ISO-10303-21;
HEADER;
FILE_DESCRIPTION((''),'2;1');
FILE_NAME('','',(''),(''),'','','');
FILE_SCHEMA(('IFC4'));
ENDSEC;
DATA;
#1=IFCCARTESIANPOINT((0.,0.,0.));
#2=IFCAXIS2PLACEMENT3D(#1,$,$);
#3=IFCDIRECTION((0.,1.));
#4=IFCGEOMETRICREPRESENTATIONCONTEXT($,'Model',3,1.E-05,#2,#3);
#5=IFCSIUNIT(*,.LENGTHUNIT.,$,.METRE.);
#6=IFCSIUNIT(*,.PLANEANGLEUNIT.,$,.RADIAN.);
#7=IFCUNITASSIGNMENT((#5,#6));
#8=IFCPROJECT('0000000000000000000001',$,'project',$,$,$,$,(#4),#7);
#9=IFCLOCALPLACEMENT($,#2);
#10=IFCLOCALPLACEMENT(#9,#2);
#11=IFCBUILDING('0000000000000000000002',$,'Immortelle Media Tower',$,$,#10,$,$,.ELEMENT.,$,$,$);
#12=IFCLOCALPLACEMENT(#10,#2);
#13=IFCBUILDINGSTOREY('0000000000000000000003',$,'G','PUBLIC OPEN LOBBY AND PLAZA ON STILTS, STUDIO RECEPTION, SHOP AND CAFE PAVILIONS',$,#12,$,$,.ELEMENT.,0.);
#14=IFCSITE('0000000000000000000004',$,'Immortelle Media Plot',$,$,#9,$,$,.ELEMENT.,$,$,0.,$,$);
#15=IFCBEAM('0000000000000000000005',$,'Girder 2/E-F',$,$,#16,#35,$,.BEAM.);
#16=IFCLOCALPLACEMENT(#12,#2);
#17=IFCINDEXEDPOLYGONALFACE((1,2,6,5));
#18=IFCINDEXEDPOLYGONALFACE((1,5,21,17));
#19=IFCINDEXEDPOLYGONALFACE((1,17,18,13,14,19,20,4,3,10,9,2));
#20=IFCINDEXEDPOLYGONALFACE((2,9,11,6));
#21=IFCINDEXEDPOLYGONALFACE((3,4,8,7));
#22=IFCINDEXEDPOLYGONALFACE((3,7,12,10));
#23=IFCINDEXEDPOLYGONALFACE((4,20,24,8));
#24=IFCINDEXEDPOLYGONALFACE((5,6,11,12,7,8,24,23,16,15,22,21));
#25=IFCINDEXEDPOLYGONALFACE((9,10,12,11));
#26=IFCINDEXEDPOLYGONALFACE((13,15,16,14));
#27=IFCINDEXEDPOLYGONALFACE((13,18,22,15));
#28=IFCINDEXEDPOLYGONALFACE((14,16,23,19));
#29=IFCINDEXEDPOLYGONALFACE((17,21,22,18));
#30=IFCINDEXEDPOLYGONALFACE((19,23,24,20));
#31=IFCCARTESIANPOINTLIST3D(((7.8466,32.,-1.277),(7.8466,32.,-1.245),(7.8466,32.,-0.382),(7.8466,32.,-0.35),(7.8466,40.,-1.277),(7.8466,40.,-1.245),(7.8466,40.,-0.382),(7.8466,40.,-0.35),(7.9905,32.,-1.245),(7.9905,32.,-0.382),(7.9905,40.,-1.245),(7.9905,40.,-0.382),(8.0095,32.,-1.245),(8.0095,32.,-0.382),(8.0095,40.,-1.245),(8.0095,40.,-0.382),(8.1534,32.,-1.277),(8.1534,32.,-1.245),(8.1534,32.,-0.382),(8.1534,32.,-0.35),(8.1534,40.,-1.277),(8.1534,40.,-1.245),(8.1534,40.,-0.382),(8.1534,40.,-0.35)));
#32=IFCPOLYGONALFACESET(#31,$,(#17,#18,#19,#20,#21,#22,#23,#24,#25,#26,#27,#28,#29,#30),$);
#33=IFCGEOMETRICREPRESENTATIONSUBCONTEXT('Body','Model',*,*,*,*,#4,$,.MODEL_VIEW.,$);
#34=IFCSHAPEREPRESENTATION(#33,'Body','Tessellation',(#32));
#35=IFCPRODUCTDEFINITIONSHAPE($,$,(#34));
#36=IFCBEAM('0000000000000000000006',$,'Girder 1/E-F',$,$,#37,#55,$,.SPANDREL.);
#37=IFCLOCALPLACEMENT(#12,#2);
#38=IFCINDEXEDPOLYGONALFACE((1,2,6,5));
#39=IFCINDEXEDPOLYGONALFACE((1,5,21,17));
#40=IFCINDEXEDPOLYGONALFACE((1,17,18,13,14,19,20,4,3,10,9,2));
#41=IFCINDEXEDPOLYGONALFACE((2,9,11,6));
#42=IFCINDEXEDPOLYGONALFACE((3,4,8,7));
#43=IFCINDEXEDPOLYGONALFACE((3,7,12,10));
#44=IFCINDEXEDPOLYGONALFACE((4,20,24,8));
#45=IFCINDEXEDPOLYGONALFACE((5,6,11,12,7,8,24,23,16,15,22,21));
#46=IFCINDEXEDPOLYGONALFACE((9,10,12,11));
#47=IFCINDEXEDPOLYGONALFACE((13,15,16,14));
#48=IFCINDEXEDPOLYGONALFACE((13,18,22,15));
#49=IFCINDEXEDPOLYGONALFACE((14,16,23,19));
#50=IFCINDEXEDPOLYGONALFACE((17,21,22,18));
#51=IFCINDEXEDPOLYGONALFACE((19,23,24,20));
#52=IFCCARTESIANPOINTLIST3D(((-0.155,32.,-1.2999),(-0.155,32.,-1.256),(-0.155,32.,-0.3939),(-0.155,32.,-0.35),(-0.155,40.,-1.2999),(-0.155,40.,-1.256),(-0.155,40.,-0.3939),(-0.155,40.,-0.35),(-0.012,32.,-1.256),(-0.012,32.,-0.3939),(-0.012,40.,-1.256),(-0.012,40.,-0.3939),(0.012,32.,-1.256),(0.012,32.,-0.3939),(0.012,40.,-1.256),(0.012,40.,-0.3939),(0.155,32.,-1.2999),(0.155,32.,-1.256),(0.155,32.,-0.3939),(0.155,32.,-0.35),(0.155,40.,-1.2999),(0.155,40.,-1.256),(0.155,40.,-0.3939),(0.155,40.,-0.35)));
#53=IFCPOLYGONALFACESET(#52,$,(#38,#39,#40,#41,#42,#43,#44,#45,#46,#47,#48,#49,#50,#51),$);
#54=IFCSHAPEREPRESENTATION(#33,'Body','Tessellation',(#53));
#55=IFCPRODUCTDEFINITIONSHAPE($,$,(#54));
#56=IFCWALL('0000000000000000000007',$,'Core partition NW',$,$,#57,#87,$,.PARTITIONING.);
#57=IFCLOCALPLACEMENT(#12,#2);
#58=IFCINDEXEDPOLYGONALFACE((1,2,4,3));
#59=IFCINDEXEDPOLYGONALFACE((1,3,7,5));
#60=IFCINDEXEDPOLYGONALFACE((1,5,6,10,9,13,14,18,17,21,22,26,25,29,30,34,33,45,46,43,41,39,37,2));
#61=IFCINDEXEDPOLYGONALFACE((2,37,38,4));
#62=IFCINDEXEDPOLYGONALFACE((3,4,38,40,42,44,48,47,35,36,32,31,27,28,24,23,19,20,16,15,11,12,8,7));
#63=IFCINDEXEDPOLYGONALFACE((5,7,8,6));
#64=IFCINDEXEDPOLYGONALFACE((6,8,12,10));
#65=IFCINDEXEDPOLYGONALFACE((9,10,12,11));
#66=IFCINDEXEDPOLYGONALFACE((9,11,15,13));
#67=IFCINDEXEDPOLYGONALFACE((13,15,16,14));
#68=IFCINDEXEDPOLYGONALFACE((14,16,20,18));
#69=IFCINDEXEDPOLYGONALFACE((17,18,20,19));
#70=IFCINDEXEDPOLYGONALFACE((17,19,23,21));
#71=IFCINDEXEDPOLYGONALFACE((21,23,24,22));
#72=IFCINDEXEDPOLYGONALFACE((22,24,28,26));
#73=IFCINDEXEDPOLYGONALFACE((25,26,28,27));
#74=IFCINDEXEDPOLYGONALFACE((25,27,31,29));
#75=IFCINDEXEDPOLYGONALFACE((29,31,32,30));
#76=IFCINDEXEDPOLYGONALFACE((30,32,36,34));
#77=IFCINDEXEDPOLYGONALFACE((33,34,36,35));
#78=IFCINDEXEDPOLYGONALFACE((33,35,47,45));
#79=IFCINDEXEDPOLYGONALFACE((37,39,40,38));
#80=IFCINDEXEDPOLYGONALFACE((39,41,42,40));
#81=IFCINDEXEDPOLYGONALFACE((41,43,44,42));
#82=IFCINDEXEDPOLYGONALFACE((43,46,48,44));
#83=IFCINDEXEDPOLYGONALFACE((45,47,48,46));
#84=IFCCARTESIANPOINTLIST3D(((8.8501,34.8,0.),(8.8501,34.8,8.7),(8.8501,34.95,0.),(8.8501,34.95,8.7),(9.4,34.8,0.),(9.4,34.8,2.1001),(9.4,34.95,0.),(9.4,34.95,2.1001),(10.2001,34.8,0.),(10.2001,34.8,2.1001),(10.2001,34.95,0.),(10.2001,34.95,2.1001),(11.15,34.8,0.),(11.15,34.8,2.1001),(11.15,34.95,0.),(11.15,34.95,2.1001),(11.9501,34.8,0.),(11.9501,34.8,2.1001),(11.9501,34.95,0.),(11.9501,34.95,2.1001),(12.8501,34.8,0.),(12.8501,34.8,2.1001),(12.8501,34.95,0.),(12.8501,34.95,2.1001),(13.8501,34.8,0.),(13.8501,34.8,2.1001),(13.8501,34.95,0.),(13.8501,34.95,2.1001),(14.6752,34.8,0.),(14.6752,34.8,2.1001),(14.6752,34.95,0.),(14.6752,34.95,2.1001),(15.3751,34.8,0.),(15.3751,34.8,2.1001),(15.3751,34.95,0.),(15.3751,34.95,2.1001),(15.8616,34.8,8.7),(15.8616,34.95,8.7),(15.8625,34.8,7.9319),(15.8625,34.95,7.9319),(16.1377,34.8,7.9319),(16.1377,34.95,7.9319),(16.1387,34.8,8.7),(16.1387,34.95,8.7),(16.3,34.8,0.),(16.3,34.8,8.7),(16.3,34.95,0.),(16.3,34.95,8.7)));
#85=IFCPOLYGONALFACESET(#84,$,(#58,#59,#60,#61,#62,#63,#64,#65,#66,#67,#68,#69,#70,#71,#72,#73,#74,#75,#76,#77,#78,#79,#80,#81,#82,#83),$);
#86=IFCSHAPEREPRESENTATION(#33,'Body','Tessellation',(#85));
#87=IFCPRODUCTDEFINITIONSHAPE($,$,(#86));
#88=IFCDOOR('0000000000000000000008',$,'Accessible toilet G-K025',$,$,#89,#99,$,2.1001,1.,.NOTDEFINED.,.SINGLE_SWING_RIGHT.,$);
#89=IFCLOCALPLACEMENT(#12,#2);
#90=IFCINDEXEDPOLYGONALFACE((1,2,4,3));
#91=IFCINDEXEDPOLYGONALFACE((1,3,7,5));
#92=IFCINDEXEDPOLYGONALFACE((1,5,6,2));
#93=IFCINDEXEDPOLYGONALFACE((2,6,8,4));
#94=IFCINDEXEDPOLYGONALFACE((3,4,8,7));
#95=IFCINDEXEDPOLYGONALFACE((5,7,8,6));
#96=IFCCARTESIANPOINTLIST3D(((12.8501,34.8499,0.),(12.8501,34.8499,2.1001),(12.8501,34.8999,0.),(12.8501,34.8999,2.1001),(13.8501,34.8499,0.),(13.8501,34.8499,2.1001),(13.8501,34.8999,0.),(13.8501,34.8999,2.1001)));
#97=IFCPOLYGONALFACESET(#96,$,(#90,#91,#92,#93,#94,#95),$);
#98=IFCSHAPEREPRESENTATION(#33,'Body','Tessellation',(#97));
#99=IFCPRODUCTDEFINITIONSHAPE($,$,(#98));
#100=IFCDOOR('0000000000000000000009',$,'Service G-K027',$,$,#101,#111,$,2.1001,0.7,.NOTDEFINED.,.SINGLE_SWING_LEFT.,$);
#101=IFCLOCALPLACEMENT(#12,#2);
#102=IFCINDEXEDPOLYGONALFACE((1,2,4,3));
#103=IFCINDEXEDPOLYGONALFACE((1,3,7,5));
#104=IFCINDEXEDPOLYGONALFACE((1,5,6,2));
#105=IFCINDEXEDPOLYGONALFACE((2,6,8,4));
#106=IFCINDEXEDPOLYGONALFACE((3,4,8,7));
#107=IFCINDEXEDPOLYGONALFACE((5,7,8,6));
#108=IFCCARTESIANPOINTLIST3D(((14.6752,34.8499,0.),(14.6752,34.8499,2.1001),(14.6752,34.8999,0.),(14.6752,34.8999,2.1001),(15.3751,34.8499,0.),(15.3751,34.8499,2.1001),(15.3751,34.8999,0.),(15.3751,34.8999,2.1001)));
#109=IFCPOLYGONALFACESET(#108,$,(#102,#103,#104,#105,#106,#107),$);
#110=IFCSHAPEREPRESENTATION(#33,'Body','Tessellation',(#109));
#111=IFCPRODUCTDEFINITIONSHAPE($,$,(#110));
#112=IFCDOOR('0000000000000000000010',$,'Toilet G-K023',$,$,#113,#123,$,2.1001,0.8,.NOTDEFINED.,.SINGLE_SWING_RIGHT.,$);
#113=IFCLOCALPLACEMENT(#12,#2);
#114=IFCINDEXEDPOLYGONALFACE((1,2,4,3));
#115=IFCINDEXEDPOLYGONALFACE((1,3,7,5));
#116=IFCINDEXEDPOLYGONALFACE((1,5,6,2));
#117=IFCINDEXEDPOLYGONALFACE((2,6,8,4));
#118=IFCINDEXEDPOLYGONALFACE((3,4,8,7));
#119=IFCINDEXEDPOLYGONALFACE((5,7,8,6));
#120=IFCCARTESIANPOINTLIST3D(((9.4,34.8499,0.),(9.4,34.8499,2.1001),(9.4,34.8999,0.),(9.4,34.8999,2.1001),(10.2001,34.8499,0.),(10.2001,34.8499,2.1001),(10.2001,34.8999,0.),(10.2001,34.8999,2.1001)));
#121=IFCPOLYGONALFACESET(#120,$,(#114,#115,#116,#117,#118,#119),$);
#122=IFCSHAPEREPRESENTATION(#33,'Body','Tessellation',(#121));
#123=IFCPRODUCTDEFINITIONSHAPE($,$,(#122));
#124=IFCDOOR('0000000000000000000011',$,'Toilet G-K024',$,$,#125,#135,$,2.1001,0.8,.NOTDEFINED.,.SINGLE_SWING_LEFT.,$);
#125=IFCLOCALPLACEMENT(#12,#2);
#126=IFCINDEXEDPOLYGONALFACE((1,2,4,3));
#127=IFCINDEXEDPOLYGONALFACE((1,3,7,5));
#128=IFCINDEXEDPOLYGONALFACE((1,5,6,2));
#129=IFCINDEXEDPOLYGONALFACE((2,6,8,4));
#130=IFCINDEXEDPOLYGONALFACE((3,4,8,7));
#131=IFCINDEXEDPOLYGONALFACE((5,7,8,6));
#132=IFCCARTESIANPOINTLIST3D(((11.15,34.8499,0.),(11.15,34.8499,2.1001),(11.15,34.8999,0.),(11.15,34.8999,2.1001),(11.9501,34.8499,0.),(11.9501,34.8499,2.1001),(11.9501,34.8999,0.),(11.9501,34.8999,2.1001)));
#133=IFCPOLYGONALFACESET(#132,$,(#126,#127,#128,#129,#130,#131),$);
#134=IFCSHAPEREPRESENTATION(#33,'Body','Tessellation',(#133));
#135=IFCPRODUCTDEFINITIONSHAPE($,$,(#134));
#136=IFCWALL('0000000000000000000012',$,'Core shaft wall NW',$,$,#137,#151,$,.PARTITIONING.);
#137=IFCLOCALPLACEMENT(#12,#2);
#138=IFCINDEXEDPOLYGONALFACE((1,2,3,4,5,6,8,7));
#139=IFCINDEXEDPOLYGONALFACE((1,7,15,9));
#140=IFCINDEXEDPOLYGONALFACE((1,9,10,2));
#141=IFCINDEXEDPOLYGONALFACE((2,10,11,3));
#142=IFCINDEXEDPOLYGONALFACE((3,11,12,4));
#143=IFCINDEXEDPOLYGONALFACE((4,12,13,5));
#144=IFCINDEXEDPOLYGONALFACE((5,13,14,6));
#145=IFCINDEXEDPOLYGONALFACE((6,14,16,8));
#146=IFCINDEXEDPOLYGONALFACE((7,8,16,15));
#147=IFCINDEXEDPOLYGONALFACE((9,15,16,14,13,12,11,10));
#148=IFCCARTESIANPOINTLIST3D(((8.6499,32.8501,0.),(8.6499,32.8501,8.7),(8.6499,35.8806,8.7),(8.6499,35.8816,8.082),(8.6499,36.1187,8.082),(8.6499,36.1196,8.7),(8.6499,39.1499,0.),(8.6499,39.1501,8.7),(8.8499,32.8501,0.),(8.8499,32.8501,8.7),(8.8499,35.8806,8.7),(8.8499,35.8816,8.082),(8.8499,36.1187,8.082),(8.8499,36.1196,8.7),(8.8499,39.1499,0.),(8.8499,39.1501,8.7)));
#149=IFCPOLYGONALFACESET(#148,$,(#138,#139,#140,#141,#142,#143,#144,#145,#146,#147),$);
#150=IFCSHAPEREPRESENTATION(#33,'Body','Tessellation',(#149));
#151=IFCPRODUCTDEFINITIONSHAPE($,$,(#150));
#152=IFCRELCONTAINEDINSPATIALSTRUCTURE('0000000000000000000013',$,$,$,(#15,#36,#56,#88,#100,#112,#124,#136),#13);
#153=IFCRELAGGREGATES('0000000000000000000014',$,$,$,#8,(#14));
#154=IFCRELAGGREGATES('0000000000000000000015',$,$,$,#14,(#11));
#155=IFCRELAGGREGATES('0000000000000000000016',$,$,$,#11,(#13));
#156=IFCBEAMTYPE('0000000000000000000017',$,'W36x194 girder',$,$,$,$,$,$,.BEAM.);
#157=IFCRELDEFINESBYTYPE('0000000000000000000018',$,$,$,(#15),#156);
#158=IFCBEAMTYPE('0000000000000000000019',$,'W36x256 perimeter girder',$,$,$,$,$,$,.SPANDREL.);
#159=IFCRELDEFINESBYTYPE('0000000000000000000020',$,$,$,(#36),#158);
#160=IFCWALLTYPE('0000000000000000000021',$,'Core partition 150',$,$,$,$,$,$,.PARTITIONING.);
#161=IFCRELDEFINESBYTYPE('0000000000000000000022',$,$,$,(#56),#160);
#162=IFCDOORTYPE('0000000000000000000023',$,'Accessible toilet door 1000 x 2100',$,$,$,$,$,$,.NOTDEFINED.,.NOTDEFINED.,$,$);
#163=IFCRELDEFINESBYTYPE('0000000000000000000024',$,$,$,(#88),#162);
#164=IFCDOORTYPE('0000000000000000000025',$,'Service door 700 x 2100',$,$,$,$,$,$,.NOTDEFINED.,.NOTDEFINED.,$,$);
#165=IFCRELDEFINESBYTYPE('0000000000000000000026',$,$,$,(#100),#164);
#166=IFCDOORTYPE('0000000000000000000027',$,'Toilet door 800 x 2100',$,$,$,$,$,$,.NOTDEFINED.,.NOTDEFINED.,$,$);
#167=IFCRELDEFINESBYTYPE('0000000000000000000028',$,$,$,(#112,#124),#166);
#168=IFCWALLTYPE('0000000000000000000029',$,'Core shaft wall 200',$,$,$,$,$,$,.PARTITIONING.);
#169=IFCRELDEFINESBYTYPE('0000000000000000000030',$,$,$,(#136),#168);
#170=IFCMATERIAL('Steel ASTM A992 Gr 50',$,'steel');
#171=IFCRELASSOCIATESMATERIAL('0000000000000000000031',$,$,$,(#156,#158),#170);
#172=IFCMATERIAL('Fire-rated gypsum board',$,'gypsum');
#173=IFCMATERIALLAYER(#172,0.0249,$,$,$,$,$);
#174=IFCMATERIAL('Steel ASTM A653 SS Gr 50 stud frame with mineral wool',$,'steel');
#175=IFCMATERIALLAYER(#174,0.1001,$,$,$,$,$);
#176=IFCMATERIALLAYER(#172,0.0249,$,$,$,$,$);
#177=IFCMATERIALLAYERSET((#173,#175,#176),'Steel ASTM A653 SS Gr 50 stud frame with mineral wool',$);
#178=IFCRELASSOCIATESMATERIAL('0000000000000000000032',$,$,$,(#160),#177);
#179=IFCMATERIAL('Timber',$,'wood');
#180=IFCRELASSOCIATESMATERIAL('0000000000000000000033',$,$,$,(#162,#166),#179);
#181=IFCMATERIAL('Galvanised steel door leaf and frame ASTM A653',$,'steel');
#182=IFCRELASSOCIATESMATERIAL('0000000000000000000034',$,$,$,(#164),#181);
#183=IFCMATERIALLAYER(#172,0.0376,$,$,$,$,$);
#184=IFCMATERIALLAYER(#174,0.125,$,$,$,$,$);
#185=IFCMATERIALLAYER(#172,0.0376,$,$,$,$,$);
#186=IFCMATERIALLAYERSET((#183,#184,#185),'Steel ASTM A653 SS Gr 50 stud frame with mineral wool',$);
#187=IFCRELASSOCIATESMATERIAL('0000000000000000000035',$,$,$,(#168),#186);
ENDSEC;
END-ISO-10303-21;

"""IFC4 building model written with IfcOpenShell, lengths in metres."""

from ifc_helpers import new_model, si_unit, direction, frame, frame_2d, origin, origin_2d, place, context, subcontext, project, spatial, polyline, rectangle, i_section, outline, extrude, material, layer, layer_set, material_profile, profile_set, type_object, element, fill, save


model = new_model("IFC4")

# Units and contexts
model_context = context("Model", 3, precision=1e-05, world=origin(), true_north=direction((0.0, 1.0)))
body_context = subcontext(model_context, "Body", "Model", "MODEL_VIEW")
ifc_project = project(units=[si_unit("LENGTHUNIT", "METRE"), si_unit("PLANEANGLEUNIT", "RADIAN")], contexts=[model_context])

# Site, building, storey
site_placement = place(None, origin())
site = spatial("IfcSite", under=ifc_project, at=site_placement, Name="Immortelle Media Plot", CompositionType="ELEMENT", RefElevation=0.0)
building_placement = place(site_placement, origin())
building = spatial("IfcBuilding", under=site, at=building_placement, Name="Immortelle Media Tower", CompositionType="ELEMENT")
storey_placement = place(building_placement, origin())
storey = spatial("IfcBuildingStorey", under=building, at=storey_placement, Name="G", Description="PUBLIC OPEN LOBBY AND PLAZA ON STILTS, STUDIO RECEPTION, SHOP AND CAFE PAVILIONS", CompositionType="ELEMENT", Elevation=0.0)

# Beams
ifc_material_1 = material(Name="Steel ASTM A992 Gr 50", Category="steel")
ifc_material_profile_1 = material_profile(ifc_material_1, i_section(OverallWidth=0.3069, OverallDepth=0.927, WebThickness=0.019, FlangeThickness=0.032, at=origin_2d()), Name="W36x194")
ifc_profile_set_1 = profile_set([ifc_material_profile_1], Name="Steel ASTM A992 Gr 50")
beam_type_1 = type_object("IfcBeamType", Name="W36x194 girder", PredefinedType="BEAM", material=ifc_profile_set_1)
for number, where, z_axis, x_axis, name in (
    (1, (8.0, 32.0, -0.8135), (0.0, 1.0, 0.0), (-1.0, 0.0, 0.0), "Girder 2/E-F"),
):
    element("IfcBeam", number, at=place(storey_placement, frame(where, z_axis=z_axis, x_axis=x_axis)), inside=storey, type_object=beam_type_1, Name=name, PredefinedType="BEAM", context=body_context, shape_type="SweptSolid", body=[
        extrude(i_section(OverallWidth=0.3069, OverallDepth=0.927, WebThickness=0.019, FlangeThickness=0.032, at=origin_2d()), origin(), (0.0, 0.0, 1.0), 8.0),
    ])
ifc_material_profile_2 = material_profile(ifc_material_1, i_section(OverallWidth=0.3101, OverallDepth=0.95, WebThickness=0.0239, FlangeThickness=0.0439, at=origin_2d()), Name="W36x256")
ifc_profile_set_2 = profile_set([ifc_material_profile_2], Name="Steel ASTM A992 Gr 50")
beam_type_2 = type_object("IfcBeamType", Name="W36x256 perimeter girder", PredefinedType="SPANDREL", material=ifc_profile_set_2)
beam_1_placement = place(storey_placement, frame((0.0, 32.0, -0.825), z_axis=(0.0, 1.0, 0.0), x_axis=(-1.0, 0.0, 0.0)))
element("IfcBeam", 2, at=beam_1_placement, inside=storey, type_object=beam_type_2, Name="Girder 1/E-F", PredefinedType="SPANDREL", context=body_context, shape_type="SweptSolid", body=[
    extrude(i_section(OverallWidth=0.3101, OverallDepth=0.95, WebThickness=0.0239, FlangeThickness=0.0439, at=origin_2d()), origin(), (0.0, 0.0, 1.0), 8.0),
])

# Wall, openings, doors
ifc_material_2 = material(Name="Fire-rated gypsum board", Category="gypsum")
ifc_layer_1 = layer(ifc_material_2, 0.0249)
ifc_material_3 = material(Name="Steel ASTM A653 SS Gr 50 stud frame with mineral wool", Category="steel")
ifc_layer_2 = layer(ifc_material_3, 0.1001)
ifc_layer_3 = layer(ifc_material_2, 0.0249)
ifc_layer_set_1 = layer_set([ifc_layer_1, ifc_layer_2, ifc_layer_3], Name="Steel ASTM A653 SS Gr 50 stud frame with mineral wool")
wall_type_1 = type_object("IfcWallType", Name="Core partition 150", PredefinedType="PARTITIONING", material=ifc_layer_set_1)
wall_1_placement = place(storey_placement, frame((8.8501, 34.875, 0.0), z_axis=(0.0, 0.0, 1.0), x_axis=(1.0, 0.0, 0.0)))
wall_1 = element("IfcWall", 3, at=wall_1_placement, inside=storey, type_object=wall_type_1, Name="Core partition NW", PredefinedType="PARTITIONING", context=body_context, shape_type="SweptSolid", body=[
    extrude(outline(polyline([(0.0, 0.0), (7.45, 0.0), (7.45, 8.7), (7.2886, 8.7), (7.2876, 7.9319), (7.0125, 7.9319), (7.0115, 8.7), (0.0, 8.7), (0.0, 0.0)])), frame((0.0, 0.075, 0.0), z_axis=(0.0, -1.0, 0.0), x_axis=(1.0, 0.0, 0.0)), (0.0, 0.0, 1.0), 0.1499),
])
opening_1_placement = place(wall_1_placement, frame((0.55, 0.0, 0.0)))
opening_1 = element("IfcOpeningElement", 4, at=opening_1_placement, cuts=wall_1, PredefinedType="OPENING", context=body_context, shape_type="SweptSolid", body=[
    extrude(rectangle(XDim=0.8, YDim=2.1001, at=frame_2d((0.3999, 1.05))), frame((0.0, 0.085, 0.0), z_axis=(0.0, -1.0, 0.0), x_axis=(1.0, 0.0, 0.0)), (0.0, 0.0, 1.0), 0.1699),
])
opening_2_placement = place(wall_1_placement, frame((2.3, 0.0, 0.0)))
opening_2 = element("IfcOpeningElement", 5, at=opening_2_placement, cuts=wall_1, PredefinedType="OPENING", context=body_context, shape_type="SweptSolid", body=[
    extrude(rectangle(XDim=0.8, YDim=2.1001, at=frame_2d((0.3999, 1.05))), frame((0.0, 0.085, 0.0), z_axis=(0.0, -1.0, 0.0), x_axis=(1.0, 0.0, 0.0)), (0.0, 0.0, 1.0), 0.1699),
])
opening_3_placement = place(wall_1_placement, frame((4.0, 0.0, 0.0)))
opening_3 = element("IfcOpeningElement", 6, at=opening_3_placement, cuts=wall_1, PredefinedType="OPENING", context=body_context, shape_type="SweptSolid", body=[
    extrude(rectangle(XDim=1.0, YDim=2.1001, at=frame_2d((0.5, 1.05))), frame((0.0, 0.085, 0.0), z_axis=(0.0, -1.0, 0.0), x_axis=(1.0, 0.0, 0.0)), (0.0, 0.0, 1.0), 0.1699),
])
opening_4_placement = place(wall_1_placement, frame((5.825, 0.0, 0.0)))
opening_4 = element("IfcOpeningElement", 7, at=opening_4_placement, cuts=wall_1, PredefinedType="OPENING", context=body_context, shape_type="SweptSolid", body=[
    extrude(rectangle(XDim=0.7, YDim=2.1001, at=frame_2d((0.3501, 1.05))), frame((0.0, 0.085, 0.0), z_axis=(0.0, -1.0, 0.0), x_axis=(1.0, 0.0, 0.0)), (0.0, 0.0, 1.0), 0.1699),
])
ifc_material_4 = material(Name="Timber", Category="wood")
door_type_1 = type_object("IfcDoorType", Name="Accessible toilet door 1000 x 2100", OperationType="NOTDEFINED", PredefinedType="NOTDEFINED", material=ifc_material_4)
door_1_placement = place(opening_3_placement, origin())
door_1 = element("IfcDoor", 8, at=door_1_placement, inside=storey, type_object=door_type_1, Name="Accessible toilet G-K025", OperationType="SINGLE_SWING_RIGHT", OverallHeight=2.1001, OverallWidth=1.0, PredefinedType="NOTDEFINED", context=body_context, shape_type="SweptSolid", body=[
    extrude(rectangle(XDim=1.0, YDim=2.1001, at=frame_2d((0.5, 1.05))), frame((0.0, 0.0249, 0.0), z_axis=(0.0, -1.0, 0.0), x_axis=(1.0, 0.0, 0.0)), (0.0, 0.0, 1.0), 0.05),
])
fill(opening_3, door_1)
ifc_material_5 = material(Name="Galvanised steel door leaf and frame ASTM A653", Category="steel")
door_type_2 = type_object("IfcDoorType", Name="Service door 700 x 2100", OperationType="NOTDEFINED", PredefinedType="NOTDEFINED", material=ifc_material_5)
door_2_placement = place(opening_4_placement, origin())
door_2 = element("IfcDoor", 9, at=door_2_placement, inside=storey, type_object=door_type_2, Name="Service G-K027", OperationType="SINGLE_SWING_LEFT", OverallHeight=2.1001, OverallWidth=0.7, PredefinedType="NOTDEFINED", context=body_context, shape_type="SweptSolid", body=[
    extrude(rectangle(XDim=0.7, YDim=2.1001, at=frame_2d((0.3501, 1.05))), frame((0.0, 0.0249, 0.0), z_axis=(0.0, -1.0, 0.0), x_axis=(1.0, 0.0, 0.0)), (0.0, 0.0, 1.0), 0.05),
])
fill(opening_4, door_2)
door_type_3 = type_object("IfcDoorType", Name="Toilet door 800 x 2100", OperationType="NOTDEFINED", PredefinedType="NOTDEFINED", material=ifc_material_4)
door_3_placement = place(opening_1_placement, origin())
door_3 = element("IfcDoor", 10, at=door_3_placement, inside=storey, type_object=door_type_3, Name="Toilet G-K023", OperationType="SINGLE_SWING_RIGHT", OverallHeight=2.1001, OverallWidth=0.8, PredefinedType="NOTDEFINED", context=body_context, shape_type="SweptSolid", body=[
    extrude(rectangle(XDim=0.8, YDim=2.1001, at=frame_2d((0.3999, 1.05))), frame((0.0, 0.0249, 0.0), z_axis=(0.0, -1.0, 0.0), x_axis=(1.0, 0.0, 0.0)), (0.0, 0.0, 1.0), 0.05),
])
fill(opening_1, door_3)
door_4_placement = place(opening_2_placement, origin())
door_4 = element("IfcDoor", 11, at=door_4_placement, inside=storey, type_object=door_type_3, Name="Toilet G-K024", OperationType="SINGLE_SWING_LEFT", OverallHeight=2.1001, OverallWidth=0.8, PredefinedType="NOTDEFINED", context=body_context, shape_type="SweptSolid", body=[
    extrude(rectangle(XDim=0.8, YDim=2.1001, at=frame_2d((0.3999, 1.05))), frame((0.0, 0.0249, 0.0), z_axis=(0.0, -1.0, 0.0), x_axis=(1.0, 0.0, 0.0)), (0.0, 0.0, 1.0), 0.05),
])
fill(opening_2, door_4)

# Wall
ifc_layer_4 = layer(ifc_material_2, 0.0376)
ifc_layer_5 = layer(ifc_material_3, 0.125)
ifc_layer_6 = layer(ifc_material_2, 0.0376)
ifc_layer_set_2 = layer_set([ifc_layer_4, ifc_layer_5, ifc_layer_6], Name="Steel ASTM A653 SS Gr 50 stud frame with mineral wool")
wall_type_2 = type_object("IfcWallType", Name="Core shaft wall 200", PredefinedType="PARTITIONING", material=ifc_layer_set_2)
wall_2_placement = place(storey_placement, frame((8.75, 32.8501, 0.0), z_axis=(0.0, 0.0, 1.0), x_axis=(0.0, 1.0, 0.0)))
element("IfcWall", 12, at=wall_2_placement, inside=storey, type_object=wall_type_2, Name="Core shaft wall NW", PredefinedType="PARTITIONING", context=body_context, shape_type="SweptSolid", body=[
    extrude(outline(polyline([(0.0, 0.0), (6.2998, 0.0), (6.3, 8.7), (3.2695, 8.7), (3.2686, 8.082), (3.0315, 8.082), (3.0305, 8.7), (0.0, 8.7), (0.0, 0.0)])), frame((0.0, 0.1001, 0.0), z_axis=(0.0, -1.0, 0.0), x_axis=(1.0, 0.0, 0.0)), (0.0, 0.0, 1.0), 0.2),
])

save(model, "model.ifc")
